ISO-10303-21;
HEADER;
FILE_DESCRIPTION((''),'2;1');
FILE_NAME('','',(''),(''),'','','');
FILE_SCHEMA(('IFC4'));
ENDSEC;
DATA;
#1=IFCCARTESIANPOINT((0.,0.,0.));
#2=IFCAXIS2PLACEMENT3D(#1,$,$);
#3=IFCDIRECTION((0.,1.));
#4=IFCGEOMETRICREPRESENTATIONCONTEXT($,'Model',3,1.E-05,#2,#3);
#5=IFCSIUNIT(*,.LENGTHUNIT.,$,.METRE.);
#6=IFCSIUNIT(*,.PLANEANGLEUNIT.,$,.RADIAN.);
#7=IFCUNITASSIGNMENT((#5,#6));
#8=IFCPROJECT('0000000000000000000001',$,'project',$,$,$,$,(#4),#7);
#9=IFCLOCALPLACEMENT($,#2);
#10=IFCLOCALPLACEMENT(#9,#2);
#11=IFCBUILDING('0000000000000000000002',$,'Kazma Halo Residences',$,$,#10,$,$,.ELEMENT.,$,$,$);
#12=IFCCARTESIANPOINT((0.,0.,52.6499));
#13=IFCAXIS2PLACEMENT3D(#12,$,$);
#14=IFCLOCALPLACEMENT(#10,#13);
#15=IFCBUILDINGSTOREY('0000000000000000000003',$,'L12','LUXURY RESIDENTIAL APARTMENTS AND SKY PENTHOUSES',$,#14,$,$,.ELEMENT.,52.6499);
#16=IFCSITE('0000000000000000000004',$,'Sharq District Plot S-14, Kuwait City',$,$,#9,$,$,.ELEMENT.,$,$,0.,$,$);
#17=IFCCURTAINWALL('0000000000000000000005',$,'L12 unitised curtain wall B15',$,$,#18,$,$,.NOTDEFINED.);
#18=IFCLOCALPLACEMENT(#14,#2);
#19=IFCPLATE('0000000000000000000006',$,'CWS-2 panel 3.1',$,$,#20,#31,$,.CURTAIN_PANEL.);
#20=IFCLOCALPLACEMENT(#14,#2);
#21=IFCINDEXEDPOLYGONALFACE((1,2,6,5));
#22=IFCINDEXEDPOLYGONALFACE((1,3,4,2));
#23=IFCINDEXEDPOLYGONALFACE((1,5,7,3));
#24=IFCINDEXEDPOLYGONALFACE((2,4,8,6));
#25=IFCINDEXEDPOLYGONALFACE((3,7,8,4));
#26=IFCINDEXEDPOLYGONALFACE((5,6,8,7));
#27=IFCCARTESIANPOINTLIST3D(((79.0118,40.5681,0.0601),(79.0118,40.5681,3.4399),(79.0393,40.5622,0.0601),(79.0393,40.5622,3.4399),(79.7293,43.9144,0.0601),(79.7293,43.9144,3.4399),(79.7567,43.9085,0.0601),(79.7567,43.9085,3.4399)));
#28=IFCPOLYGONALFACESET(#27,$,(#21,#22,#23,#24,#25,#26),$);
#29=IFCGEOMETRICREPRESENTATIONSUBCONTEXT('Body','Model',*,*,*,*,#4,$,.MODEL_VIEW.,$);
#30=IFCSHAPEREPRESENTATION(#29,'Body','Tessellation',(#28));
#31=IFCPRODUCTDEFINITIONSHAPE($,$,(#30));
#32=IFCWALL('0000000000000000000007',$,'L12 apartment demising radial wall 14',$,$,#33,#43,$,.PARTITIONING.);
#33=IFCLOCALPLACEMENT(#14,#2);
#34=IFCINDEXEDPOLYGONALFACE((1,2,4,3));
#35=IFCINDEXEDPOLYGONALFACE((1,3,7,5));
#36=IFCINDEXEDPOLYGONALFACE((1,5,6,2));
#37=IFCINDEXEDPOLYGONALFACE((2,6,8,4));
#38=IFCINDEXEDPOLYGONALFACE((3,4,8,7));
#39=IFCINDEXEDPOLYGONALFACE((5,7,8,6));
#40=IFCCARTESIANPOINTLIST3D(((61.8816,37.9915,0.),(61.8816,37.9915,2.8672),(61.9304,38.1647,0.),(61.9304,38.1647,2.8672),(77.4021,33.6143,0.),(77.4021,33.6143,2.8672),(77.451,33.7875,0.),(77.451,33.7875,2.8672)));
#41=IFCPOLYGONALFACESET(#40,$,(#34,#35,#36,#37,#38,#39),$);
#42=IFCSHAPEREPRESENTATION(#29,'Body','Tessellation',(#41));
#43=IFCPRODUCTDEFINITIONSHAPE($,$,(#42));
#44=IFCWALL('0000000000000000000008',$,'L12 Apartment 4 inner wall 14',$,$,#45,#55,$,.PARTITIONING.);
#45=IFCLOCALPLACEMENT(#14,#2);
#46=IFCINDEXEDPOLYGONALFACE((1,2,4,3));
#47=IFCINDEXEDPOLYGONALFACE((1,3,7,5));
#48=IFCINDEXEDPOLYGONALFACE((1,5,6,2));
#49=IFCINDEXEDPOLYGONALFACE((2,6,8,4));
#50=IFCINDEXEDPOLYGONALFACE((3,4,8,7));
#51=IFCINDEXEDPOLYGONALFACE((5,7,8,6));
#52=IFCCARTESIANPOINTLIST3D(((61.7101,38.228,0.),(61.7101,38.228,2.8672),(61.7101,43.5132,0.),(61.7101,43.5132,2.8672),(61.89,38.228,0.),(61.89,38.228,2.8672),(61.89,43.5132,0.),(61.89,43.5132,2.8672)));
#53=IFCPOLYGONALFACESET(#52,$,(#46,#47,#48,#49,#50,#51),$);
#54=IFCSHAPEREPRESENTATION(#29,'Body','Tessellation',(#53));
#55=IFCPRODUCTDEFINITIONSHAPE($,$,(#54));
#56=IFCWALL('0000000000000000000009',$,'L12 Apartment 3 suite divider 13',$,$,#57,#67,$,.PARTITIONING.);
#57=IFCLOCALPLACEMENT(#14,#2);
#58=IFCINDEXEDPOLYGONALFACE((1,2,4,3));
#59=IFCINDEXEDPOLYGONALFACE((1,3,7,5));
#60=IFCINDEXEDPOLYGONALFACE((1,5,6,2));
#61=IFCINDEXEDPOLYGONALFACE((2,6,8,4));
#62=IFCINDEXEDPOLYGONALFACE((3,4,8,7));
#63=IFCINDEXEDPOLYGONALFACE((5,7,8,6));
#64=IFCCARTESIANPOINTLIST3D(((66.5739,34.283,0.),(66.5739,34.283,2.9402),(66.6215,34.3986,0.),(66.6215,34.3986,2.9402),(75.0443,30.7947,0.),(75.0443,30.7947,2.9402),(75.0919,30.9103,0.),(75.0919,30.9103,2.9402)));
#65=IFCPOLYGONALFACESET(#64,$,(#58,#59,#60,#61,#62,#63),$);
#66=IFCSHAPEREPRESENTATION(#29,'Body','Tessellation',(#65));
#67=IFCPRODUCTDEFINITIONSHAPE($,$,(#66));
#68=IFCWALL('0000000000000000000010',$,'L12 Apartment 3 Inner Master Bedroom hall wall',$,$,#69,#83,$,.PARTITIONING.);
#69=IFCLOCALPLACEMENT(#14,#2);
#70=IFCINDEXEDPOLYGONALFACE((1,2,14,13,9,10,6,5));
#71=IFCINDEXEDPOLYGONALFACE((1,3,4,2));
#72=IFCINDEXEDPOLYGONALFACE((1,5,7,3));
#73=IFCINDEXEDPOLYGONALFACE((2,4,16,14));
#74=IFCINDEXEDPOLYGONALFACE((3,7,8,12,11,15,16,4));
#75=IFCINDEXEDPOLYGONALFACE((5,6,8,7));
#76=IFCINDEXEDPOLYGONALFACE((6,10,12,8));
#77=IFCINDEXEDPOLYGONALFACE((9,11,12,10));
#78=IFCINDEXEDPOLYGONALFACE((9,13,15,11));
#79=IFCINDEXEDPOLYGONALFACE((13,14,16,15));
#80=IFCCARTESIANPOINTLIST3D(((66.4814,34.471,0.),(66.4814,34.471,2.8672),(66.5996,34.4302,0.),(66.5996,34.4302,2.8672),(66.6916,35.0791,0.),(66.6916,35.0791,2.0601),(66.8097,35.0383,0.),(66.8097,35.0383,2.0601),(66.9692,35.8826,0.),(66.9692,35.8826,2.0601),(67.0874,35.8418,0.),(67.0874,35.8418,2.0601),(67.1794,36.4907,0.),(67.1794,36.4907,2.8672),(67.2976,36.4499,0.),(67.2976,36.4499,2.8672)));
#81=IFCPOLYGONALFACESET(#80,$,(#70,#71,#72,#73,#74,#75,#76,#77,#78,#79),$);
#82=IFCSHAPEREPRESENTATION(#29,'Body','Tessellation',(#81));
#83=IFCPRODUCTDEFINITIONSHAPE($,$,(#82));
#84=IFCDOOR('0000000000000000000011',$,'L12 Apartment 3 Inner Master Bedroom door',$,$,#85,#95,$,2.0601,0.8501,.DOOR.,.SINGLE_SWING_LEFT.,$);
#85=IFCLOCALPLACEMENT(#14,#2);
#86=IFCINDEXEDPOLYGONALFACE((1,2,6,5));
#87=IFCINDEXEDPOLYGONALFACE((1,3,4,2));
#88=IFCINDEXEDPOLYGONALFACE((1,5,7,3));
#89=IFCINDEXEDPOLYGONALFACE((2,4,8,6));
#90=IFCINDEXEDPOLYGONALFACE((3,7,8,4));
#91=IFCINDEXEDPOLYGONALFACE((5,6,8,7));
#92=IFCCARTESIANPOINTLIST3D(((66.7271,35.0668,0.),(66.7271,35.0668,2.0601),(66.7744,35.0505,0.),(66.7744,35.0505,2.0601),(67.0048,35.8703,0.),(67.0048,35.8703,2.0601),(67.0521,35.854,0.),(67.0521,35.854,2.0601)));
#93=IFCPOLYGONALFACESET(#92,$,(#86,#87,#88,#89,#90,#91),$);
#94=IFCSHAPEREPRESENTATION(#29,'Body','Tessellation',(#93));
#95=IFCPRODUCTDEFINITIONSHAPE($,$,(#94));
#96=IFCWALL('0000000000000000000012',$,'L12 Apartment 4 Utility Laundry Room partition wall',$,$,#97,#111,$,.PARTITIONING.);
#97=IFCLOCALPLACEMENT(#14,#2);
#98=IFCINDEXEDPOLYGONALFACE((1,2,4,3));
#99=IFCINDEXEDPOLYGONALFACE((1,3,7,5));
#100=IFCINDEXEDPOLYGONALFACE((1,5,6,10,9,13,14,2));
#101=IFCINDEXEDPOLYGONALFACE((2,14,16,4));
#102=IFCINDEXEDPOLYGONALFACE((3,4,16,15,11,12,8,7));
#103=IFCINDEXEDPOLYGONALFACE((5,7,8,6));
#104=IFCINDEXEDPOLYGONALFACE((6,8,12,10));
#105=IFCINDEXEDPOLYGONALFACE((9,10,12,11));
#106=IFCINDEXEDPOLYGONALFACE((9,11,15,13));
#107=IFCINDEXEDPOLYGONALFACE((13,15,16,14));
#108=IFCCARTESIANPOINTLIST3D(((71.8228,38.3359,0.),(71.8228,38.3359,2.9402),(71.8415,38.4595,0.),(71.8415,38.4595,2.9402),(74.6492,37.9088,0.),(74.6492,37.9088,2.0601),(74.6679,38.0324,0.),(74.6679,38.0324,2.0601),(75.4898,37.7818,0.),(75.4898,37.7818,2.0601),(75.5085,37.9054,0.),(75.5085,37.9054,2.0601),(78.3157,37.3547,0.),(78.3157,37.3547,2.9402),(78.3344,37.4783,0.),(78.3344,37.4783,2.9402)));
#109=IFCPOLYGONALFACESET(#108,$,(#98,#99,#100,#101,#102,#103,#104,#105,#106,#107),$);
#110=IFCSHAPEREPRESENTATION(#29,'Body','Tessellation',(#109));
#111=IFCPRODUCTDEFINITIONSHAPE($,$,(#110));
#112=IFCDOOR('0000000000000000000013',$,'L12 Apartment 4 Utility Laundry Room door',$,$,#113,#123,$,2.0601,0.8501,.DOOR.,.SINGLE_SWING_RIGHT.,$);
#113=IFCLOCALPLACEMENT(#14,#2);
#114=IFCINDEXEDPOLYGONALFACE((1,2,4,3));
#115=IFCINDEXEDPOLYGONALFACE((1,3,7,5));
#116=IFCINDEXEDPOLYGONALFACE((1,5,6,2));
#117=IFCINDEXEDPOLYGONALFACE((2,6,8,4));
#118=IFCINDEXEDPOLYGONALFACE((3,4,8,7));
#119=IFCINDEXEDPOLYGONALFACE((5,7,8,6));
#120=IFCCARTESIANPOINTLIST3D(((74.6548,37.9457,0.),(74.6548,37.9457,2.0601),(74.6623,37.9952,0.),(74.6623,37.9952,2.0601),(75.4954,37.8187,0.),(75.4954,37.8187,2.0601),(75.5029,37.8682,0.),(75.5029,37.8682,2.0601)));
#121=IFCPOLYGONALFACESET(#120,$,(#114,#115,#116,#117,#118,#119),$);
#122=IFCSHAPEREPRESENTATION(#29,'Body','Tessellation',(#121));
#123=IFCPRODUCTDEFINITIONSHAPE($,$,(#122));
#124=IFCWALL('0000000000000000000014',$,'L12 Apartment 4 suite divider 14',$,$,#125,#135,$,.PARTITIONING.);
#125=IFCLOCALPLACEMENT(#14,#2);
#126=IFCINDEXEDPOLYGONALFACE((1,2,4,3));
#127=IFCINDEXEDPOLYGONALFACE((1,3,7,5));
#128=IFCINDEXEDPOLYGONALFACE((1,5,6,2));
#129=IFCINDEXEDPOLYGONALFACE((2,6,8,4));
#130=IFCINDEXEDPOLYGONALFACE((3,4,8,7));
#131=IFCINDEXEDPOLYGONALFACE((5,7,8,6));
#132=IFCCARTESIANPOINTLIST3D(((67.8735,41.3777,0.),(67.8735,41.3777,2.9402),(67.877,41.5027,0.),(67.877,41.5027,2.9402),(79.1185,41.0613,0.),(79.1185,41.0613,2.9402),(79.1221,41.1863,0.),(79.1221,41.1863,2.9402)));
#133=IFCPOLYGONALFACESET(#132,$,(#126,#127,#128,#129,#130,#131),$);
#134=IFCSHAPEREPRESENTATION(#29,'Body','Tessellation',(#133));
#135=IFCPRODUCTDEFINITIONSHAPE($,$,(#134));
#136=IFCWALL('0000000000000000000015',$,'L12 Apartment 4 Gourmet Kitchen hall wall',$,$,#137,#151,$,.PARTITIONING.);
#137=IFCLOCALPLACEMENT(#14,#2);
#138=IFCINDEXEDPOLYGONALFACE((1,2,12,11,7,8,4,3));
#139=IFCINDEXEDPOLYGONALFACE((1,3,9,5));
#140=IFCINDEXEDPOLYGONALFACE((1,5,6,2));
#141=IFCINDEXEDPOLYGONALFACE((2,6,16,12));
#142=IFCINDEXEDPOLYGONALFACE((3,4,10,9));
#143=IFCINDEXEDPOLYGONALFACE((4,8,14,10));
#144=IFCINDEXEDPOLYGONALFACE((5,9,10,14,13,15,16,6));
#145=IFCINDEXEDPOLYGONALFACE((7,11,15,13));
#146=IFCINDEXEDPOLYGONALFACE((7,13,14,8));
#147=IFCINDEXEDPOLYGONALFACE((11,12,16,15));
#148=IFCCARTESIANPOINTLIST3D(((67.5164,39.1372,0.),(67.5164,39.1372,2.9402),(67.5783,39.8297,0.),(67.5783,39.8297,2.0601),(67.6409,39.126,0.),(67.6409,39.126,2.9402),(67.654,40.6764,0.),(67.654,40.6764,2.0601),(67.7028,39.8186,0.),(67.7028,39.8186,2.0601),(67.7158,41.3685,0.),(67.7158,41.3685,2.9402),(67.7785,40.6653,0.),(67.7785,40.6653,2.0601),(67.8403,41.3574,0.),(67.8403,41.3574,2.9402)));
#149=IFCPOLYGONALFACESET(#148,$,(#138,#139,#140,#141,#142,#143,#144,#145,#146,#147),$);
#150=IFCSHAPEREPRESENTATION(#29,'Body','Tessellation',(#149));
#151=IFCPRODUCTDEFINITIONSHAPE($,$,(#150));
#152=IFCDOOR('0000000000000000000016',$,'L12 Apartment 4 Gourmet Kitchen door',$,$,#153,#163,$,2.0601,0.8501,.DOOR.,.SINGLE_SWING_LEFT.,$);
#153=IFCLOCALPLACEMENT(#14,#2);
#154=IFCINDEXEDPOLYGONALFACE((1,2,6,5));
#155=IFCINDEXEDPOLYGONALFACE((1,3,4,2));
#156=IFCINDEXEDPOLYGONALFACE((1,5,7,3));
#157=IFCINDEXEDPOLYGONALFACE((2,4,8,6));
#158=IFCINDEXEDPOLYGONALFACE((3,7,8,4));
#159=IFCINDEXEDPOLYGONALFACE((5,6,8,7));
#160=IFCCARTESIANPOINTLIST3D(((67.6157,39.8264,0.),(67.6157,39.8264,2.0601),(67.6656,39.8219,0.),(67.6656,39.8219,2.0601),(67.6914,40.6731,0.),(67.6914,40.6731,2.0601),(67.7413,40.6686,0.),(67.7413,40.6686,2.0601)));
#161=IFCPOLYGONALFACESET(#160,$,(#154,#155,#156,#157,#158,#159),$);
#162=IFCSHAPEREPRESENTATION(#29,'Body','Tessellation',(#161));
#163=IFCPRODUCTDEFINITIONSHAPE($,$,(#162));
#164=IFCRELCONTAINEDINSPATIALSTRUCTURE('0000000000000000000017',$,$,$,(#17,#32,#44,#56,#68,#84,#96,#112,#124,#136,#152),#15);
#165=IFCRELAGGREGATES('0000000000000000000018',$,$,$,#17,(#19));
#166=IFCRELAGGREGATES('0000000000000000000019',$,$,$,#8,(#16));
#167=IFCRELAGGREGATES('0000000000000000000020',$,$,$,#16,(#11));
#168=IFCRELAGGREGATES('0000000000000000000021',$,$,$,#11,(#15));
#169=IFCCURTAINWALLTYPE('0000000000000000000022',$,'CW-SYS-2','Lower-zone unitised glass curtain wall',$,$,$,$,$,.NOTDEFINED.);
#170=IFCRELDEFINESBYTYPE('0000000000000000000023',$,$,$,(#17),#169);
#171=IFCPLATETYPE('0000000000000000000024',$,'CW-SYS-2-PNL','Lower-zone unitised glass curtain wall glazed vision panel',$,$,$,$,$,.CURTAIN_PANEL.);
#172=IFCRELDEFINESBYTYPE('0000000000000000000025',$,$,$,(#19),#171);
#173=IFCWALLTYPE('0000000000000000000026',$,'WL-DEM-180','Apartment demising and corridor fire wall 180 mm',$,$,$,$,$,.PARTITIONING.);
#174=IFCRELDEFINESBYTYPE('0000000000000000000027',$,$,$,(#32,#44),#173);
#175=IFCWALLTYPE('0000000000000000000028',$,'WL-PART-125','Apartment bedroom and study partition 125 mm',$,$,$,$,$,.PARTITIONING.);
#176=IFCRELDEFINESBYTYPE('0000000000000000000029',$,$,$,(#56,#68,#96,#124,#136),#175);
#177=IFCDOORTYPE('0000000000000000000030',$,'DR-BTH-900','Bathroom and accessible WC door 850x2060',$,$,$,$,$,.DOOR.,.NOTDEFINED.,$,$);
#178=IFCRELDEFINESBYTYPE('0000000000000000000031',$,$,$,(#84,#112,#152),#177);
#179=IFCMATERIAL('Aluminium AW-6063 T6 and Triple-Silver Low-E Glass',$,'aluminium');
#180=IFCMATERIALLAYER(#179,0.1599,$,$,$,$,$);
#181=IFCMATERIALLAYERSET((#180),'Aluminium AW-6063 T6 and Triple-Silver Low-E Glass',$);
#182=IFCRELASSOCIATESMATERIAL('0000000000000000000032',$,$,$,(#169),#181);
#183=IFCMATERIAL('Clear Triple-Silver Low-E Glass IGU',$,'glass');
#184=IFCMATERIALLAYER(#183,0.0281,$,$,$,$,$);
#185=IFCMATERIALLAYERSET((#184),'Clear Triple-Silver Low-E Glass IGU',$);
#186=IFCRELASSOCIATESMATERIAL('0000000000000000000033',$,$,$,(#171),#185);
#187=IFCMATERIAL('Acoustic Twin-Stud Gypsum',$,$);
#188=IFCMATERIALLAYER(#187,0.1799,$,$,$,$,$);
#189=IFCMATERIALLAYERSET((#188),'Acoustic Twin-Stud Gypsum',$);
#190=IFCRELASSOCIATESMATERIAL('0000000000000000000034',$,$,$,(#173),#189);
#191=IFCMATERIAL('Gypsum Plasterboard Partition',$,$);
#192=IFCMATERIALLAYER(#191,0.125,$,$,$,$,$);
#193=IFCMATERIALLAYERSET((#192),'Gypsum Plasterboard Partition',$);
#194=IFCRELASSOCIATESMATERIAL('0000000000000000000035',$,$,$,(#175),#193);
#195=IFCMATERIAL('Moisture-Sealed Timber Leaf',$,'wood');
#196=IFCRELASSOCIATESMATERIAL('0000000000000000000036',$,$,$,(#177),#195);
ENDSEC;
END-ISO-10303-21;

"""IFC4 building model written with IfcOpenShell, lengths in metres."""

from ifc_helpers import new_model, si_unit, direction, frame, frame_2d, origin, origin_2d, place, context, subcontext, project, spatial, rectangle, extrude, material, layer, layer_set, type_object, element, fill, aggregate, save


model = new_model("IFC4")

# Units and contexts
model_context = context("Model", 3, precision=1e-05, world=origin(), true_north=direction((0.0, 1.0)))
body_context = subcontext(model_context, "Body", "Model", "MODEL_VIEW")
ifc_project = project(units=[si_unit("LENGTHUNIT", "METRE"), si_unit("PLANEANGLEUNIT", "RADIAN")], contexts=[model_context])

# Site, building, storey
site_placement = place(None, origin())
site = spatial("IfcSite", under=ifc_project, at=site_placement, Name="Sharq District Plot S-14, Kuwait City", CompositionType="ELEMENT", RefElevation=0.0)
building_placement = place(site_placement, origin())
building = spatial("IfcBuilding", under=site, at=building_placement, Name="Kazma Halo Residences", CompositionType="ELEMENT")
storey_placement = place(building_placement, frame((0.0, 0.0, 52.6499)))
storey = spatial("IfcBuildingStorey", under=building, at=storey_placement, Name="L12", Description="LUXURY RESIDENTIAL APARTMENTS AND SKY PENTHOUSES", CompositionType="ELEMENT", Elevation=52.6499)

# Curtain wall, plate
ifc_material_1 = material(Name="Aluminium AW-6063 T6 and Triple-Silver Low-E Glass", Category="aluminium")
ifc_layer_1 = layer(ifc_material_1, 0.1599)
ifc_layer_set_1 = layer_set([ifc_layer_1], Name="Aluminium AW-6063 T6 and Triple-Silver Low-E Glass")
curtain_wall_type = type_object("IfcCurtainWallType", Name="CW-SYS-2", Description="Lower-zone unitised glass curtain wall", PredefinedType="NOTDEFINED", material=ifc_layer_set_1)
curtain_wall_placement = place(storey_placement, origin())
curtain_wall = element("IfcCurtainWall", 1, at=curtain_wall_placement, inside=storey, type_object=curtain_wall_type, Name="L12 unitised curtain wall B15", PredefinedType="NOTDEFINED")
ifc_material_2 = material(Name="Clear Triple-Silver Low-E Glass IGU", Category="glass")
ifc_layer_2 = layer(ifc_material_2, 0.0281)
ifc_layer_set_2 = layer_set([ifc_layer_2], Name="Clear Triple-Silver Low-E Glass IGU")
plate_type = type_object("IfcPlateType", Name="CW-SYS-2-PNL", Description="Lower-zone unitised glass curtain wall glazed vision panel", PredefinedType="CURTAIN_PANEL", material=ifc_layer_set_2)
plate_1_placement = place(storey_placement, frame((79.3843, 42.2383, 0.0601), z_axis=(0.0, 0.0, 1.0), x_axis=(0.209637, 0.977779, 0.0)))
plate_1 = element("IfcPlate", 2, at=plate_1_placement, type_object=plate_type, Name="CWS-2 panel 3.1", PredefinedType="CURTAIN_PANEL", context=body_context, shape_type="SweptSolid", body=[
    extrude(rectangle(XDim=3.4224, YDim=0.0281, at=origin_2d()), origin(), (0.0, 0.0, 1.0), 3.3799),
])
aggregate(curtain_wall, [plate_1])

# Walls
ifc_material_3 = material(Name="Acoustic Twin-Stud Gypsum")
ifc_layer_3 = layer(ifc_material_3, 0.1799)
ifc_layer_set_3 = layer_set([ifc_layer_3], Name="Acoustic Twin-Stud Gypsum")
wall_type_1 = type_object("IfcWallType", Name="WL-DEM-180", Description="Apartment demising and corridor fire wall 180 mm", PredefinedType="PARTITIONING", material=ifc_layer_set_3)
wall_1_placement = place(storey_placement, frame((61.906, 38.0781, 0.0), z_axis=(0.0, 0.0, 1.0), x_axis=(0.962456, -0.271438, 0.0)))
element("IfcWall", 3, at=wall_1_placement, inside=storey, type_object=wall_type_1, Name="L12 apartment demising radial wall 14", PredefinedType="PARTITIONING", context=body_context, shape_type="SweptSolid", body=[
    extrude(rectangle(XDim=16.126, YDim=0.1799, at=frame_2d((8.063, 0.0))), origin(), (0.0, 0.0, 1.0), 2.8672),
])
wall_2_placement = place(storey_placement, frame((61.8, 38.228, 0.0), z_axis=(0.0, 0.0, 1.0), x_axis=(0.0, 1.0, 0.0)))
element("IfcWall", 4, at=wall_2_placement, inside=storey, type_object=wall_type_1, Name="L12 Apartment 4 inner wall 14", PredefinedType="PARTITIONING", context=body_context, shape_type="SweptSolid", body=[
    extrude(rectangle(XDim=5.2852, YDim=0.1799, at=frame_2d((2.6426, 0.0))), origin(), (0.0, 0.0, 1.0), 2.8672),
])
ifc_material_4 = material(Name="Gypsum Plasterboard Partition")
ifc_layer_4 = layer(ifc_material_4, 0.125)
ifc_layer_set_4 = layer_set([ifc_layer_4], Name="Gypsum Plasterboard Partition")
wall_type_2 = type_object("IfcWallType", Name="WL-PART-125", Description="Apartment bedroom and study partition 125 mm", PredefinedType="PARTITIONING", material=ifc_layer_set_4)
wall_3_placement = place(storey_placement, frame((66.5977, 34.3408, 0.0), z_axis=(0.0, 0.0, 1.0), x_axis=(0.924661, -0.380791, 0.0)))
element("IfcWall", 5, at=wall_3_placement, inside=storey, type_object=wall_type_2, Name="L12 Apartment 3 suite divider 13", PredefinedType="PARTITIONING", context=body_context, shape_type="SweptSolid", body=[
    extrude(rectangle(XDim=9.1606, YDim=0.125, at=frame_2d((4.5803, 0.0))), origin(), (0.0, 0.0, 1.0), 2.9402),
])

# Walls, openings, doors
wall_4_placement = place(storey_placement, frame((66.5405, 34.4507, 0.0), z_axis=(0.0, 0.0, 1.0), x_axis=(0.326628, 0.945153, 0.0)))
wall_4 = element("IfcWall", 6, at=wall_4_placement, inside=storey, type_object=wall_type_2, Name="L12 Apartment 3 Inner Master Bedroom hall wall", PredefinedType="PARTITIONING", context=body_context, shape_type="SweptSolid", body=[
    extrude(rectangle(XDim=2.137, YDim=0.125, at=frame_2d((1.0684, 0.0))), origin(), (0.0, 0.0, 1.0), 2.8672),
])
opening_1_placement = place(wall_4_placement, frame((0.6433, 0.0, 0.0)))
opening_1 = element("IfcOpeningElement", 7, at=opening_1_placement, cuts=wall_4, PredefinedType="OPENING", context=body_context, shape_type="SweptSolid", body=[
    extrude(rectangle(XDim=0.8501, YDim=2.0601, at=frame_2d((0.425, 1.03))), frame((0.0, 0.0725, 0.0), z_axis=(0.0, -1.0, 0.0), x_axis=(1.0, 0.0, 0.0)), (0.0, 0.0, 1.0), 0.145),
])
ifc_material_5 = material(Name="Moisture-Sealed Timber Leaf", Category="wood")
door_type = type_object("IfcDoorType", Name="DR-BTH-900", Description="Bathroom and accessible WC door 850x2060", OperationType="NOTDEFINED", PredefinedType="DOOR", material=ifc_material_5)
door_1_placement = place(opening_1_placement, origin())
door_1 = element("IfcDoor", 8, at=door_1_placement, inside=storey, type_object=door_type, Name="L12 Apartment 3 Inner Master Bedroom door", OperationType="SINGLE_SWING_LEFT", OverallHeight=2.0601, OverallWidth=0.8501, PredefinedType="DOOR", context=body_context, shape_type="SweptSolid", body=[
    extrude(rectangle(XDim=0.8501, YDim=2.0601, at=frame_2d((0.425, 1.03))), frame((0.0, 0.0249, 0.0), z_axis=(0.0, -1.0, 0.0), x_axis=(1.0, 0.0, 0.0)), (0.0, 0.0, 1.0), 0.05),
])
fill(opening_1, door_1)
wall_5_placement = place(storey_placement, frame((71.8323, 38.3977, 0.0), z_axis=(0.0, 0.0, 1.0), x_axis=(0.988774, -0.149422, 0.0)))
wall_5 = element("IfcWall", 9, at=wall_5_placement, inside=storey, type_object=wall_type_2, Name="L12 Apartment 4 Utility Laundry Room partition wall", PredefinedType="PARTITIONING", context=body_context, shape_type="SweptSolid", body=[
    extrude(rectangle(XDim=6.5667, YDim=0.125, at=frame_2d((3.2832, 0.0))), origin(), (0.0, 0.0, 1.0), 2.9402),
])
opening_2_placement = place(wall_5_placement, frame((2.8584, 0.0, 0.0)))
opening_2 = element("IfcOpeningElement", 10, at=opening_2_placement, cuts=wall_5, PredefinedType="OPENING", context=body_context, shape_type="SweptSolid", body=[
    extrude(rectangle(XDim=0.8501, YDim=2.0601, at=frame_2d((0.425, 1.03))), frame((0.0, 0.0725, 0.0), z_axis=(0.0, -1.0, 0.0), x_axis=(1.0, 0.0, 0.0)), (0.0, 0.0, 1.0), 0.145),
])
door_2_placement = place(opening_2_placement, origin())
door_2 = element("IfcDoor", 11, at=door_2_placement, inside=storey, type_object=door_type, Name="L12 Apartment 4 Utility Laundry Room door", OperationType="SINGLE_SWING_RIGHT", OverallHeight=2.0601, OverallWidth=0.8501, PredefinedType="DOOR", context=body_context, shape_type="SweptSolid", body=[
    extrude(rectangle(XDim=0.8501, YDim=2.0601, at=frame_2d((0.425, 1.03))), frame((0.0, 0.0249, 0.0), z_axis=(0.0, -1.0, 0.0), x_axis=(1.0, 0.0, 0.0)), (0.0, 0.0, 1.0), 0.05),
])
fill(opening_2, door_2)

# Wall
wall_6_placement = place(storey_placement, frame((67.8752, 41.4402, 0.0), z_axis=(0.0, 0.0, 1.0), x_axis=(0.999604, -0.028126, 0.0)))
element("IfcWall", 12, at=wall_6_placement, inside=storey, type_object=wall_type_2, Name="L12 Apartment 4 suite divider 14", PredefinedType="PARTITIONING", context=body_context, shape_type="SweptSolid", body=[
    extrude(rectangle(XDim=11.2495, YDim=0.125, at=frame_2d((5.6248, 0.0))), origin(), (0.0, 0.0, 1.0), 2.9402),
])

# Wall, opening, door
wall_7_placement = place(storey_placement, frame((67.5786, 39.1316, 0.0), z_axis=(0.0, 0.0, 1.0), x_axis=(0.089032, 0.996029, 0.0)))
wall_7 = element("IfcWall", 13, at=wall_7_placement, inside=storey, type_object=wall_type_2, Name="L12 Apartment 4 Gourmet Kitchen hall wall", PredefinedType="PARTITIONING", context=body_context, shape_type="SweptSolid", body=[
    extrude(rectangle(XDim=2.2402, YDim=0.125, at=frame_2d((1.1201, 0.0))), origin(), (0.0, 0.0, 1.0), 2.9402),
])
opening_3_placement = place(wall_7_placement, frame((0.6953, 0.0, 0.0)))
opening_3 = element("IfcOpeningElement", 14, at=opening_3_placement, cuts=wall_7, PredefinedType="OPENING", context=body_context, shape_type="SweptSolid", body=[
    extrude(rectangle(XDim=0.8501, YDim=2.0601, at=frame_2d((0.425, 1.03))), frame((0.0, 0.0725, 0.0), z_axis=(0.0, -1.0, 0.0), x_axis=(1.0, 0.0, 0.0)), (0.0, 0.0, 1.0), 0.145),
])
door_3_placement = place(opening_3_placement, origin())
door_3 = element("IfcDoor", 15, at=door_3_placement, inside=storey, type_object=door_type, Name="L12 Apartment 4 Gourmet Kitchen door", OperationType="SINGLE_SWING_LEFT", OverallHeight=2.0601, OverallWidth=0.8501, PredefinedType="DOOR", context=body_context, shape_type="SweptSolid", body=[
    extrude(rectangle(XDim=0.8501, YDim=2.0601, at=frame_2d((0.425, 1.03))), frame((0.0, 0.0249, 0.0), z_axis=(0.0, -1.0, 0.0), x_axis=(1.0, 0.0, 0.0)), (0.0, 0.0, 1.0), 0.05),
])
fill(opening_3, door_3)

save(model, "model.ifc")
